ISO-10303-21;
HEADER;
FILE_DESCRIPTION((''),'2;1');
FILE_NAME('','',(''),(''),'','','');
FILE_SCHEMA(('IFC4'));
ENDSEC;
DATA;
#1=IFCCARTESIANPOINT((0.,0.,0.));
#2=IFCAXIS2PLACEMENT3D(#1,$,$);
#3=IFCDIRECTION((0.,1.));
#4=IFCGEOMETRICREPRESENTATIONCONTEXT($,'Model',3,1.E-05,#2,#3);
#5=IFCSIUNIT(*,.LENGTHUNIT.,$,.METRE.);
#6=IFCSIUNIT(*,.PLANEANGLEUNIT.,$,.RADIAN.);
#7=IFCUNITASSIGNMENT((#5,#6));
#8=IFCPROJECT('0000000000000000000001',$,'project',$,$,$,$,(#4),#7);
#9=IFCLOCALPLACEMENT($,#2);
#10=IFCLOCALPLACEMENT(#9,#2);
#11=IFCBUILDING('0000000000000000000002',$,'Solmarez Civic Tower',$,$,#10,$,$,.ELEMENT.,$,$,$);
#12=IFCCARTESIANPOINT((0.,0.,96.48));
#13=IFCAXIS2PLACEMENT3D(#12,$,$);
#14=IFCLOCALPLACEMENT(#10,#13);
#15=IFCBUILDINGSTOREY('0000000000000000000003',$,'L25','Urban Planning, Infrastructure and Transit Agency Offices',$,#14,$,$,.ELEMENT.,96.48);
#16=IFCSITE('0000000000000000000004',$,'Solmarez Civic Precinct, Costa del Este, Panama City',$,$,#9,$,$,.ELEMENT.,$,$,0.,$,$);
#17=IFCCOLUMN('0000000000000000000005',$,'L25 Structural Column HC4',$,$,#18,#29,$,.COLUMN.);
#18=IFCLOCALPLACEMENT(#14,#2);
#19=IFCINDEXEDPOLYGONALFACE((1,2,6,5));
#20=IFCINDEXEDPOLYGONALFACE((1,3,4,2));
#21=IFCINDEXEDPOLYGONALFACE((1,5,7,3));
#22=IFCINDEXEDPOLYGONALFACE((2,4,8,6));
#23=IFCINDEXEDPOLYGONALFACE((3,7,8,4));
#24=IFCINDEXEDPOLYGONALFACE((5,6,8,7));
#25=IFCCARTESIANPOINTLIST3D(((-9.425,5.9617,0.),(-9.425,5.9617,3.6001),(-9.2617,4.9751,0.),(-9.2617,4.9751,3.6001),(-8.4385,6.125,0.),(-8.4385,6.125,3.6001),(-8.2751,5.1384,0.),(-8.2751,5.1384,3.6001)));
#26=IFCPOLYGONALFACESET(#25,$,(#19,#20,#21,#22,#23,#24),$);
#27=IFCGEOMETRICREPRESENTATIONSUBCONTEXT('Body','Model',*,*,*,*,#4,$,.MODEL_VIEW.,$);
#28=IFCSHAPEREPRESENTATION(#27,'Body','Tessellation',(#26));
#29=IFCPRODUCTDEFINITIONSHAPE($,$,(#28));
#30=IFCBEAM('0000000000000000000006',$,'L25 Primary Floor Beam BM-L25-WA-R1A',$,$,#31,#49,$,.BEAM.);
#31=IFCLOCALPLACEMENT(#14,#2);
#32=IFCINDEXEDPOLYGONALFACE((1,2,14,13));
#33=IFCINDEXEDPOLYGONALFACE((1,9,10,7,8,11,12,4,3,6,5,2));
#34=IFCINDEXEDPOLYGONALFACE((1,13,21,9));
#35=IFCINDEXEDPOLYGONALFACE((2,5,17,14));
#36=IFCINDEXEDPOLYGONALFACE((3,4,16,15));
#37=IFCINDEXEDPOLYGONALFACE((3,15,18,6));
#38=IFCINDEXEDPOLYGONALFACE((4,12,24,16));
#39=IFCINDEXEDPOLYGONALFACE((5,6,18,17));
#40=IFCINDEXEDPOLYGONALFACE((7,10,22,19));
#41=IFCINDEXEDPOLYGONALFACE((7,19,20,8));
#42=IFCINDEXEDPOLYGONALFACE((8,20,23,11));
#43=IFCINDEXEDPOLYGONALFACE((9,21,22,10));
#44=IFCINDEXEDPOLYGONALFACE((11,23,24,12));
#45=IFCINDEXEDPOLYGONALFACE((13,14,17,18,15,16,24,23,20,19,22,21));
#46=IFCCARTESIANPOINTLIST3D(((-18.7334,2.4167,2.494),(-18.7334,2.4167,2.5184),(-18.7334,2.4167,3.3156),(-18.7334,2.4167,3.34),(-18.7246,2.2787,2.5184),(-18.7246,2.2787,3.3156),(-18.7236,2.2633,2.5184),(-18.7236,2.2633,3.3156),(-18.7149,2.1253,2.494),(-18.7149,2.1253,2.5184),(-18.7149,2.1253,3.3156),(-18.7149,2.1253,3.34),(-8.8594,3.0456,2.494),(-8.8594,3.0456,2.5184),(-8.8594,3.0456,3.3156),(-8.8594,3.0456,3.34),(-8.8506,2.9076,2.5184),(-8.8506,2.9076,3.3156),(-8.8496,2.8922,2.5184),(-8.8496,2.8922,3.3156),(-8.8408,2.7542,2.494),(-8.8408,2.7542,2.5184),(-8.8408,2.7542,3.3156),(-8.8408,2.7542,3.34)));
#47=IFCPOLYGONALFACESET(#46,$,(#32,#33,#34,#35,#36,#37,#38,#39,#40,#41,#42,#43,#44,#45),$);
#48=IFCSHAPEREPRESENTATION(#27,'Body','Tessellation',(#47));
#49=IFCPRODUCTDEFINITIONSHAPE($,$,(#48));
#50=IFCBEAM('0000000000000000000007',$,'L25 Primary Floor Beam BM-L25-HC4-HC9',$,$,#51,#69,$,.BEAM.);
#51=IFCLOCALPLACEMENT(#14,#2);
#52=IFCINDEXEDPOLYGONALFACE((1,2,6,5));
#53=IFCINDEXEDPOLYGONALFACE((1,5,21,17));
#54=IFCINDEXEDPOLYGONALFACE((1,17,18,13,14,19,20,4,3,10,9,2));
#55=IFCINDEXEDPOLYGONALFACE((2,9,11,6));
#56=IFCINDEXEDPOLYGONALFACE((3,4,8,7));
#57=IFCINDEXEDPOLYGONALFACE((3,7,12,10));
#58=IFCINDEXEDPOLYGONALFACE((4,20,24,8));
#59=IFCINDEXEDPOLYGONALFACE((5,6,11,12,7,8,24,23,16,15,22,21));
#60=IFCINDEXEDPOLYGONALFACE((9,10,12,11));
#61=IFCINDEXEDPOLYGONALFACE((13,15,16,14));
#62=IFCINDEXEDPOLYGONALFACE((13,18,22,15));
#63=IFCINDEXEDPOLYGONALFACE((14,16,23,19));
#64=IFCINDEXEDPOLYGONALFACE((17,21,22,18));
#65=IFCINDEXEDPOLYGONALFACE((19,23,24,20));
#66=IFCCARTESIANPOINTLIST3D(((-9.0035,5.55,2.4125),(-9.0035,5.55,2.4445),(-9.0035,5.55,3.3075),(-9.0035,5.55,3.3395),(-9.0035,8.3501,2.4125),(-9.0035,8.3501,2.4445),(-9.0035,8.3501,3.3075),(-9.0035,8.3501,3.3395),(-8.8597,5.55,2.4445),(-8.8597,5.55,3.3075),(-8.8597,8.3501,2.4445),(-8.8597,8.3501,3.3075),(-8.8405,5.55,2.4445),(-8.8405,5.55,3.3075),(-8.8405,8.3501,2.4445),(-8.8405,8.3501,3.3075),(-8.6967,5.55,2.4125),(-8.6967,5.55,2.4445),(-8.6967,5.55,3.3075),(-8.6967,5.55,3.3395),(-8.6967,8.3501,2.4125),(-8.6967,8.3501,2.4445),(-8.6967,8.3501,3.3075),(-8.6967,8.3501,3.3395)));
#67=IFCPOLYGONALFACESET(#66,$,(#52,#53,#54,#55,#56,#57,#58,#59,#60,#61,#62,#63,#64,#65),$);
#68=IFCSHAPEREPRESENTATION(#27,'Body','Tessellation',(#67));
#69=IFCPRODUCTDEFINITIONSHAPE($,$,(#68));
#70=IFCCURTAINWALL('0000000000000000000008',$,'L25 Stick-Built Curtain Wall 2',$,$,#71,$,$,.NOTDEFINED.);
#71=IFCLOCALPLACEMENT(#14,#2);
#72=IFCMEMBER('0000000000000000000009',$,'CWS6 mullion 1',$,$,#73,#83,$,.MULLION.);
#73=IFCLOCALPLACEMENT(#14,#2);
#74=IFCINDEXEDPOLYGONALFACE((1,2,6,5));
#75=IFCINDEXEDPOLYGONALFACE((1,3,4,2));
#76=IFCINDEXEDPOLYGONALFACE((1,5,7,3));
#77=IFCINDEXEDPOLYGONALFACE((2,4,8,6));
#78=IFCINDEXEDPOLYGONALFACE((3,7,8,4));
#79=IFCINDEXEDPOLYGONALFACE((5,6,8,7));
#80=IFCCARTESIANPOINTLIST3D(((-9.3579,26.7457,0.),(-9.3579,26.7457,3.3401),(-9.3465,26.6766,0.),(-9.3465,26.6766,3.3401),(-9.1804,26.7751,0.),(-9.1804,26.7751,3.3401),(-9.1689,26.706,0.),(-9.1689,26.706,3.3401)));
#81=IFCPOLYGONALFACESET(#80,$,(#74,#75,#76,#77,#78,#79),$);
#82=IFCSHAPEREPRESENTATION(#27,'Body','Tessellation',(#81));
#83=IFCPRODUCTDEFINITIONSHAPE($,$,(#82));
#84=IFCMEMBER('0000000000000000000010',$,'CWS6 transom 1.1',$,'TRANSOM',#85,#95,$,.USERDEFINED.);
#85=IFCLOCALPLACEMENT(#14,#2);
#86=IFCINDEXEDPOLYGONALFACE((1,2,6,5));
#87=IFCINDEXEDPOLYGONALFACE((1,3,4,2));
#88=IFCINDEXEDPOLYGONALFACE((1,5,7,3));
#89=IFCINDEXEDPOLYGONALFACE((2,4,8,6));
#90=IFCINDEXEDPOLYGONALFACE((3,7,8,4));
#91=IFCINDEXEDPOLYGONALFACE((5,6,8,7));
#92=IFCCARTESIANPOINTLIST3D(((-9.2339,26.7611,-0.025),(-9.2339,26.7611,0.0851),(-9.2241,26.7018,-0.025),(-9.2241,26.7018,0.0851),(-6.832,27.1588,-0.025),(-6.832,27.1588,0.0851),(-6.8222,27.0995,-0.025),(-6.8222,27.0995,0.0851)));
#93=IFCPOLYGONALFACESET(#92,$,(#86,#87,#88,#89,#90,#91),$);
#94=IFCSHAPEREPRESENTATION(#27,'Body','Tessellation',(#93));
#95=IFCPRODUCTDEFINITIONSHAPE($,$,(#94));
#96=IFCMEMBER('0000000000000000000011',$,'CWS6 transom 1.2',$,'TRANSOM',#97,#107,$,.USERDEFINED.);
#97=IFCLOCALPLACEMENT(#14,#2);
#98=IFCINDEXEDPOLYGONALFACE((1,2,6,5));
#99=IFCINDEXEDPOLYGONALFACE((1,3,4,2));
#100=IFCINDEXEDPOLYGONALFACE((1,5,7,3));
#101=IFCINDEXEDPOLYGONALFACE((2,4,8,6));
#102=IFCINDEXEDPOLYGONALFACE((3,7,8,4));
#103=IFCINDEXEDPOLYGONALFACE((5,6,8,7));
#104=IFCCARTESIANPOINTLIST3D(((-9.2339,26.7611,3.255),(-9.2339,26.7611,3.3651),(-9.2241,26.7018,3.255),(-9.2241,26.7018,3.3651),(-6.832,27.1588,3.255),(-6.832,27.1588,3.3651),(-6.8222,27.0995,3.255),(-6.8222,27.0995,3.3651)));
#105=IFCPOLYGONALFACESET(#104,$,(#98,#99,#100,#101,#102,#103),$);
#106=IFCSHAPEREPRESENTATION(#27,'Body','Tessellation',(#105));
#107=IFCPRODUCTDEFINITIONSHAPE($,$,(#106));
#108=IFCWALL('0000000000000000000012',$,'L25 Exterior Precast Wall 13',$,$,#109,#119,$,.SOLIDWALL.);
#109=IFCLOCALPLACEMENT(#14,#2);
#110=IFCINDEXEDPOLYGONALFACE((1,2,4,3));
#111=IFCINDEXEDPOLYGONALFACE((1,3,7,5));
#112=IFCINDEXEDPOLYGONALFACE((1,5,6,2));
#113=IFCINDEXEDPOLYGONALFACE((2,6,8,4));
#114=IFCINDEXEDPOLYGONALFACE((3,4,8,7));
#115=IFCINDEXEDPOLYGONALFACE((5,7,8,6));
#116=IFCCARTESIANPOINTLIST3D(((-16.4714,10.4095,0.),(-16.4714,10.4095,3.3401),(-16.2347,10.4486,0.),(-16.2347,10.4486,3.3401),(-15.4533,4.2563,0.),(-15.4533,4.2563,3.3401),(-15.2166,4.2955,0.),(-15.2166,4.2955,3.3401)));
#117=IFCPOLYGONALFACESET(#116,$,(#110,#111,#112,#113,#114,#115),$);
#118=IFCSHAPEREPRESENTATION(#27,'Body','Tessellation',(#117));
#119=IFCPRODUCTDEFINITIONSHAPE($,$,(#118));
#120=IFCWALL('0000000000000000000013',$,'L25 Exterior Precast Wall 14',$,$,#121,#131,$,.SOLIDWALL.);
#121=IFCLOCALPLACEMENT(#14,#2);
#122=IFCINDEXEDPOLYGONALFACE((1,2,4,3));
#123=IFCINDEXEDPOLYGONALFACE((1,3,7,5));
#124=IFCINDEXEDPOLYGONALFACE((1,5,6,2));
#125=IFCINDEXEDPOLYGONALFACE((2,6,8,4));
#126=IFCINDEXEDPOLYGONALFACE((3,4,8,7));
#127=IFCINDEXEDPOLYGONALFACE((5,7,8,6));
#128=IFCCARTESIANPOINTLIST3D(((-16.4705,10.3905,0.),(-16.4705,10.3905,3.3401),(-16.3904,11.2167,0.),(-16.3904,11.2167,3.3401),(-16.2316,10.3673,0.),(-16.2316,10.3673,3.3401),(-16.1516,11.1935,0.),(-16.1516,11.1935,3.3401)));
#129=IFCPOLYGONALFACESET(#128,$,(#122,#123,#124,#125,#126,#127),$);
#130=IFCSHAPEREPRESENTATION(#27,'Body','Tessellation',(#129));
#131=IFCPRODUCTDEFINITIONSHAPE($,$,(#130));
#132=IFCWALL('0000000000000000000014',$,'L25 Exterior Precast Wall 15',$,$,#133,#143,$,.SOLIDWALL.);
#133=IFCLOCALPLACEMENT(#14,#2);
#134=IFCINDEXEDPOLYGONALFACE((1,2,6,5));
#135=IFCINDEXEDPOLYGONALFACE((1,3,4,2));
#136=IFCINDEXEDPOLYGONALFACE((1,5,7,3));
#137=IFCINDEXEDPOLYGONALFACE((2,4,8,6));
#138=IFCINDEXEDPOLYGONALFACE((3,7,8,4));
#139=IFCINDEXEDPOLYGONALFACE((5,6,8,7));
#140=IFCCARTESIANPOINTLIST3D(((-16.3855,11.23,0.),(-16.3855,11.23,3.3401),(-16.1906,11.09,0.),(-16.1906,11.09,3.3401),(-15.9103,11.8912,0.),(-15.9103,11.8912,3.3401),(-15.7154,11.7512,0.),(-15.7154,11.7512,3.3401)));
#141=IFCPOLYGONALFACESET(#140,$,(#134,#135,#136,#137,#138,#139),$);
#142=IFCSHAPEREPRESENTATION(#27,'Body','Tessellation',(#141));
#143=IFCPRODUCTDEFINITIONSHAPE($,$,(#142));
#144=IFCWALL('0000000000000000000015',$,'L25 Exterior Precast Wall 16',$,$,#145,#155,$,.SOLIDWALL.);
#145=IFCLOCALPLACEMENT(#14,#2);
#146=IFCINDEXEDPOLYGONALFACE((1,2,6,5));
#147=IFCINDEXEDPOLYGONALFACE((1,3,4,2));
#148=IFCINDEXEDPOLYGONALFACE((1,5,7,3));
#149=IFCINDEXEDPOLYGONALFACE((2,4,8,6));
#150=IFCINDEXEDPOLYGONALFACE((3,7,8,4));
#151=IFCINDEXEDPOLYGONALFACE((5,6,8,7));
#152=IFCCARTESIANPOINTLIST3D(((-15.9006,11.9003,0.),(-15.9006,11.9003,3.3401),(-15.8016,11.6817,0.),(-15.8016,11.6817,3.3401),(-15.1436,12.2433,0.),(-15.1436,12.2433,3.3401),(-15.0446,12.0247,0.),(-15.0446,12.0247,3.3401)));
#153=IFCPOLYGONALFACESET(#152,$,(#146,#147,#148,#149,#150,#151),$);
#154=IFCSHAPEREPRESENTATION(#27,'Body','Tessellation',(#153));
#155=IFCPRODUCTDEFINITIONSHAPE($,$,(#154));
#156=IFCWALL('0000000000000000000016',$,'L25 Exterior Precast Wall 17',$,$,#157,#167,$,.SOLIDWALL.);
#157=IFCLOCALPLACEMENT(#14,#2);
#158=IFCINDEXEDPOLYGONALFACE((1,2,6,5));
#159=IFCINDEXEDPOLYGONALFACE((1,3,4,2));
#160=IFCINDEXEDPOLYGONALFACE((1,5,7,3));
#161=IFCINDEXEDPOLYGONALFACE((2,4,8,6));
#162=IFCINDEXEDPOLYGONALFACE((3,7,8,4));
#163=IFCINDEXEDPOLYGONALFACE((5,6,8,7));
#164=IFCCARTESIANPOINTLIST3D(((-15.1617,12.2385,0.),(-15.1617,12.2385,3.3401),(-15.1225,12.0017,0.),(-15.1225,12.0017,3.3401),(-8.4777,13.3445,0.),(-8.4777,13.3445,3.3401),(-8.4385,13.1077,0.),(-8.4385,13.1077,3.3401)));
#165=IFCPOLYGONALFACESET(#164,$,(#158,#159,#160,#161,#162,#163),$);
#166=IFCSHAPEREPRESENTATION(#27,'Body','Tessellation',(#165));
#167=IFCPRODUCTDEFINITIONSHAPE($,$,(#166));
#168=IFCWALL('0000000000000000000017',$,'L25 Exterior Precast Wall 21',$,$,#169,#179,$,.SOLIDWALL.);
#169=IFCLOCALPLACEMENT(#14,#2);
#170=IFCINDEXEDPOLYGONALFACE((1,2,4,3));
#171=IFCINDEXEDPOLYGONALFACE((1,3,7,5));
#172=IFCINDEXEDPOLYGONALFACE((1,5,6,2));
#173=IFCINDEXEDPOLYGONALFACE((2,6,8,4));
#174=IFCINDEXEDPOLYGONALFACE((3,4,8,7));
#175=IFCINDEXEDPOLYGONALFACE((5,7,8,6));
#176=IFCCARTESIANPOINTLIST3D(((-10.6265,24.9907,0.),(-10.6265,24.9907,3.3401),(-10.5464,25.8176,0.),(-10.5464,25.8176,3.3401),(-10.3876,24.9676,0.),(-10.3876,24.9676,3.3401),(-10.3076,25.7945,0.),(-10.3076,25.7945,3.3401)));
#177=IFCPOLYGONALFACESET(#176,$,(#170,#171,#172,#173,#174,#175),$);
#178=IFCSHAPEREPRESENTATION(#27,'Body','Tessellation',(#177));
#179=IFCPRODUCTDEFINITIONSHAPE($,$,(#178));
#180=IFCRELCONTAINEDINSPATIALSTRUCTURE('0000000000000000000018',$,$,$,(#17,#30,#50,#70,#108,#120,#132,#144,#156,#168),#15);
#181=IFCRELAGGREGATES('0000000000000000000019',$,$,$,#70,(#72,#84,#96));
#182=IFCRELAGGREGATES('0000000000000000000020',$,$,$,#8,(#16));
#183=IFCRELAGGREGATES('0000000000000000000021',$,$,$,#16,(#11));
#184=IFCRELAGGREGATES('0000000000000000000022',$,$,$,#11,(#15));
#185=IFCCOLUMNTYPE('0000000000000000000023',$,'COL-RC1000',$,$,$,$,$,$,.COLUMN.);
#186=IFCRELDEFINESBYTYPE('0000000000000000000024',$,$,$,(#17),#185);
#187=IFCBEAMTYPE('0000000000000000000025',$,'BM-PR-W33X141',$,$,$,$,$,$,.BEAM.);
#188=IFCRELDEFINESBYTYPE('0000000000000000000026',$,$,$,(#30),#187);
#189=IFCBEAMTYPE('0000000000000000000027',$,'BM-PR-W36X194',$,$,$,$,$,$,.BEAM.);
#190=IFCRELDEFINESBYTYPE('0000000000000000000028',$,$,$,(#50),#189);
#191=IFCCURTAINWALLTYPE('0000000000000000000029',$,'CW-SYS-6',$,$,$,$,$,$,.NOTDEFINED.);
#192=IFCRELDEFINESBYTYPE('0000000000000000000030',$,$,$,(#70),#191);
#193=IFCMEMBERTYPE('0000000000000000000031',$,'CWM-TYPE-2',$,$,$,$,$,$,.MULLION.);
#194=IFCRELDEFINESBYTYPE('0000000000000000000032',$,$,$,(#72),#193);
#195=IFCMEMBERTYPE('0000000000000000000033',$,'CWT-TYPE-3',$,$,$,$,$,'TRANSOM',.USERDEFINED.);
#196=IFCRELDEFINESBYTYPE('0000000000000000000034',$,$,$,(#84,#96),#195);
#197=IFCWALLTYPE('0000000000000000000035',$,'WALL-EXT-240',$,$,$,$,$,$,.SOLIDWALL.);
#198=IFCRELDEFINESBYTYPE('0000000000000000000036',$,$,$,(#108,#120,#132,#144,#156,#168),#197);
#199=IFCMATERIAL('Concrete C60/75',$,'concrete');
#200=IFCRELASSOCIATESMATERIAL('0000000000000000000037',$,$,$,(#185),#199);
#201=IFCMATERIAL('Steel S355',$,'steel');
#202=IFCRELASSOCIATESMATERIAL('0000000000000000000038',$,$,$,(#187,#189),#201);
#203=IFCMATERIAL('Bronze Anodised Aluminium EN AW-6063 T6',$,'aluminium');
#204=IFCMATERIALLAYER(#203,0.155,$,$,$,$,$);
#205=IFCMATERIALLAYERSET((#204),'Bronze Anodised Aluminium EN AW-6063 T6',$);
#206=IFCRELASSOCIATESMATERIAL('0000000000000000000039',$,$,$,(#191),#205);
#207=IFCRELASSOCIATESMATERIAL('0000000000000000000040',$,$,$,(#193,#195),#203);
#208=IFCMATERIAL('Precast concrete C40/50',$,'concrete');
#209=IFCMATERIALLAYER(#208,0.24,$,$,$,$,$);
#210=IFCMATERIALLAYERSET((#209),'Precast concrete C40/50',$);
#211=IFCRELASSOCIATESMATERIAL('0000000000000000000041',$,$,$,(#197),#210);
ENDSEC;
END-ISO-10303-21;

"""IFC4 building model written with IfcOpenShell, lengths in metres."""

from ifc_helpers import new_model, si_unit, direction, frame, frame_2d, origin, origin_2d, place, context, subcontext, project, spatial, rectangle, i_section, extrude, material, layer, layer_set, material_profile, profile_set, type_object, element, aggregate, save


model = new_model("IFC4")

# Units and contexts
model_context = context("Model", 3, precision=1e-05, world=origin(), true_north=direction((0.0, 1.0)))
body_context = subcontext(model_context, "Body", "Model", "MODEL_VIEW")
ifc_project = project(units=[si_unit("LENGTHUNIT", "METRE"), si_unit("PLANEANGLEUNIT", "RADIAN")], contexts=[model_context])

# Site, building, storey
site_placement = place(None, origin())
site = spatial("IfcSite", under=ifc_project, at=site_placement, Name="Solmarez Civic Precinct, Costa del Este, Panama City", CompositionType="ELEMENT", RefElevation=0.0)
building_placement = place(site_placement, origin())
building = spatial("IfcBuilding", under=site, at=building_placement, Name="Solmarez Civic Tower", CompositionType="ELEMENT")
storey_placement = place(building_placement, frame((0.0, 0.0, 96.48)))
storey = spatial("IfcBuildingStorey", under=building, at=storey_placement, Name="L25", Description="Urban Planning, Infrastructure and Transit Agency Offices", CompositionType="ELEMENT", Elevation=96.48)

# Column
ifc_material_1 = material(Name="Concrete C60/75", Category="concrete")
ifc_material_profile_1 = material_profile(ifc_material_1, rectangle(XDim=1.0, YDim=1.0, at=origin_2d()), Name="RC1000X1000")
ifc_profile_set_1 = profile_set([ifc_material_profile_1], Name="Concrete C60/75")
column_type = type_object("IfcColumnType", Name="COL-RC1000", PredefinedType="COLUMN", material=ifc_profile_set_1)
column_placement = place(storey_placement, frame((-8.8501, 5.55, 0.0), z_axis=(0.0, 0.0, 1.0), x_axis=(0.986572, 0.163326, 0.0)))
element("IfcColumn", 1, at=column_placement, inside=storey, type_object=column_type, Name="L25 Structural Column HC4", PredefinedType="COLUMN", context=body_context, shape_type="SweptSolid", body=[
    extrude(rectangle(XDim=1.0, YDim=1.0, at=origin_2d()), origin(), (0.0, 0.0, 1.0), 3.6001),
])

# Beams
ifc_material_2 = material(Name="Steel S355", Category="steel")
ifc_material_profile_2 = material_profile(ifc_material_2, i_section(OverallWidth=0.292, OverallDepth=0.8459, WebThickness=0.0154, FlangeThickness=0.0244, at=origin_2d()), Name="W33X141")
ifc_profile_set_2 = profile_set([ifc_material_profile_2], Name="Steel S355")
beam_type_1 = type_object("IfcBeamType", Name="BM-PR-W33X141", PredefinedType="BEAM", material=ifc_profile_set_2)
beam_1_placement = place(storey_placement, frame((-8.8501, 2.8999, 2.917), z_axis=(-0.997978, -0.063564, 0.0), x_axis=(0.063564, -0.997978, 0.0)))
element("IfcBeam", 2, at=beam_1_placement, inside=storey, type_object=beam_type_1, Name="L25 Primary Floor Beam BM-L25-WA-R1A", PredefinedType="BEAM", context=body_context, shape_type="SweptSolid", body=[
    extrude(i_section(OverallWidth=0.292, OverallDepth=0.8459, WebThickness=0.0154, FlangeThickness=0.0244, at=origin_2d()), origin(), (0.0, 0.0, 1.0), 9.894),
])
ifc_material_profile_3 = material_profile(ifc_material_2, i_section(OverallWidth=0.3069, OverallDepth=0.927, WebThickness=0.0193, FlangeThickness=0.032, at=origin_2d()), Name="W36X194")
ifc_profile_set_3 = profile_set([ifc_material_profile_3], Name="Steel S355")
beam_type_2 = type_object("IfcBeamType", Name="BM-PR-W36X194", PredefinedType="BEAM", material=ifc_profile_set_3)
beam_2_placement = place(storey_placement, frame((-8.8501, 5.55, 2.876), z_axis=(0.0, 1.0, 0.0), x_axis=(-1.0, 0.0, 0.0)))
element("IfcBeam", 3, at=beam_2_placement, inside=storey, type_object=beam_type_2, Name="L25 Primary Floor Beam BM-L25-HC4-HC9", PredefinedType="BEAM", context=body_context, shape_type="SweptSolid", body=[
    extrude(i_section(OverallWidth=0.3069, OverallDepth=0.927, WebThickness=0.0193, FlangeThickness=0.032, at=origin_2d()), origin(), (0.0, 0.0, 1.0), 2.8),
])

# Curtain wall, members
ifc_material_3 = material(Name="Bronze Anodised Aluminium EN AW-6063 T6", Category="aluminium")
ifc_layer_1 = layer(ifc_material_3, 0.155)
ifc_layer_set_1 = layer_set([ifc_layer_1], Name="Bronze Anodised Aluminium EN AW-6063 T6")
curtain_wall_type = type_object("IfcCurtainWallType", Name="CW-SYS-6", PredefinedType="NOTDEFINED", material=ifc_layer_set_1)
curtain_wall_placement = place(storey_placement, origin())
curtain_wall = element("IfcCurtainWall", 4, at=curtain_wall_placement, inside=storey, type_object=curtain_wall_type, Name="L25 Stick-Built Curtain Wall 2", PredefinedType="NOTDEFINED")
ifc_material_profile_4 = material_profile(ifc_material_3, rectangle(XDim=0.0701, YDim=0.1799, at=origin_2d()), Name="CWM-70X180")
ifc_profile_set_4 = profile_set([ifc_material_profile_4], Name="Bronze Anodised Aluminium EN AW-6063 T6")
member_type_1 = type_object("IfcMemberType", Name="CWM-TYPE-2", PredefinedType="MULLION", material=ifc_profile_set_4)
member_1_placement = place(storey_placement, frame((-9.2634, 26.7258, 0.0), z_axis=(0.0, 0.0, 1.0), x_axis=(-0.163313, 0.986574, 0.0)))
member_1 = element("IfcMember", 5, at=member_1_placement, type_object=member_type_1, Name="CWS6 mullion 1", PredefinedType="MULLION", context=body_context, shape_type="SweptSolid", body=[
    extrude(rectangle(XDim=0.0701, YDim=0.1799, at=origin_2d()), origin(), (0.0, 0.0, 1.0), 3.3401),
])
ifc_material_profile_5 = material_profile(ifc_material_3, rectangle(XDim=0.0601, YDim=0.1101, at=origin_2d()), Name="CWT-60X110")
ifc_profile_set_5 = profile_set([ifc_material_profile_5], Name="Bronze Anodised Aluminium EN AW-6063 T6")
member_type_2 = type_object("IfcMemberType", Name="CWT-TYPE-3", ElementType="TRANSOM", PredefinedType="USERDEFINED", material=ifc_profile_set_5)
member_2_placement = place(storey_placement, frame((-9.229, 26.7314, 0.03), z_axis=(0.986567, 0.163358, 0.0), x_axis=(-0.163358, 0.986567, 0.0)))
member_2 = element("IfcMember", 6, at=member_2_placement, type_object=member_type_2, Name="CWS6 transom 1.1", ObjectType="TRANSOM", PredefinedType="USERDEFINED", context=body_context, shape_type="SweptSolid", body=[
    extrude(rectangle(XDim=0.0601, YDim=0.1101, at=origin_2d()), origin(), (0.0, 0.0, 1.0), 2.4346),
])
member_3_placement = place(storey_placement, frame((-9.229, 26.7314, 3.3101), z_axis=(0.986567, 0.163358, 0.0), x_axis=(-0.163358, 0.986567, 0.0)))
member_3 = element("IfcMember", 7, at=member_3_placement, type_object=member_type_2, Name="CWS6 transom 1.2", ObjectType="TRANSOM", PredefinedType="USERDEFINED", context=body_context, shape_type="SweptSolid", body=[
    extrude(rectangle(XDim=0.0601, YDim=0.1101, at=origin_2d()), origin(), (0.0, 0.0, 1.0), 2.4346),
])
aggregate(curtain_wall, [member_1, member_2, member_3])

# Walls
ifc_material_4 = material(Name="Precast concrete C40/50", Category="concrete")
ifc_layer_2 = layer(ifc_material_4, 0.24)
ifc_layer_set_2 = layer_set([ifc_layer_2], Name="Precast concrete C40/50")
wall_type_1 = type_object("IfcWallType", Name="WALL-EXT-240", PredefinedType="SOLIDWALL", material=ifc_layer_set_2)
wall_1_placement = place(storey_placement, frame((-15.335, 4.2759, 0.0), z_axis=(0.0, 0.0, 1.0), x_axis=(-0.163237, 0.986587, 0.0)))
element("IfcWall", 8, at=wall_1_placement, inside=storey, type_object=wall_type_1, Name="L25 Exterior Precast Wall 13", PredefinedType="SOLIDWALL", context=body_context, shape_type="SweptSolid", body=[
    extrude(rectangle(XDim=6.2368, YDim=0.24, at=frame_2d((3.1184, 0.0))), origin(), (0.0, 0.0, 1.0), 3.3401),
])
wall_2_placement = place(storey_placement, frame((-16.3511, 10.3789, 0.0), z_axis=(0.0, 0.0, 1.0), x_axis=(0.096475, 0.995335, 0.0)))
element("IfcWall", 9, at=wall_2_placement, inside=storey, type_object=wall_type_1, Name="L25 Exterior Precast Wall 14", PredefinedType="SOLIDWALL", context=body_context, shape_type="SweptSolid", body=[
    extrude(rectangle(XDim=0.8301, YDim=0.24, at=frame_2d((0.415, 0.0))), origin(), (0.0, 0.0, 1.0), 3.3401),
])
wall_3_placement = place(storey_placement, frame((-16.2881, 11.1599, 0.0), z_axis=(0.0, 0.0, 1.0), x_axis=(0.583562, 0.812069, 0.0)))
element("IfcWall", 10, at=wall_3_placement, inside=storey, type_object=wall_type_1, Name="L25 Exterior Precast Wall 15", PredefinedType="SOLIDWALL", context=body_context, shape_type="SweptSolid", body=[
    extrude(rectangle(XDim=0.8142, YDim=0.24, at=frame_2d((0.4072, 0.0))), origin(), (0.0, 0.0, 1.0), 3.3401),
])
wall_4_placement = place(storey_placement, frame((-15.8511, 11.791, 0.0), z_axis=(0.0, 0.0, 1.0), x_axis=(0.910869, 0.412696, 0.0)))
element("IfcWall", 11, at=wall_4_placement, inside=storey, type_object=wall_type_1, Name="L25 Exterior Precast Wall 16", PredefinedType="SOLIDWALL", context=body_context, shape_type="SweptSolid", body=[
    extrude(rectangle(XDim=0.8311, YDim=0.24, at=frame_2d((0.4155, 0.0))), origin(), (0.0, 0.0, 1.0), 3.3401),
])
wall_5_placement = place(storey_placement, frame((-15.1421, 12.1201, 0.0), z_axis=(0.0, 0.0, 1.0), x_axis=(0.986586, 0.163242, 0.0)))
element("IfcWall", 12, at=wall_5_placement, inside=storey, type_object=wall_type_1, Name="L25 Exterior Precast Wall 17", PredefinedType="SOLIDWALL", context=body_context, shape_type="SweptSolid", body=[
    extrude(rectangle(XDim=6.7749, YDim=0.24, at=frame_2d((3.3875, 0.0))), origin(), (0.0, 0.0, 1.0), 3.3401),
])
wall_6_placement = place(storey_placement, frame((-10.5071, 24.979, 0.0), z_axis=(0.0, 0.0, 1.0), x_axis=(0.09639, 0.995344, 0.0)))
element("IfcWall", 13, at=wall_6_placement, inside=storey, type_object=wall_type_1, Name="L25 Exterior Precast Wall 21", PredefinedType="SOLIDWALL", context=body_context, shape_type="SweptSolid", body=[
    extrude(rectangle(XDim=0.8308, YDim=0.24, at=frame_2d((0.4155, 0.0))), origin(), (0.0, 0.0, 1.0), 3.3401),
])

save(model, "model.ifc")
